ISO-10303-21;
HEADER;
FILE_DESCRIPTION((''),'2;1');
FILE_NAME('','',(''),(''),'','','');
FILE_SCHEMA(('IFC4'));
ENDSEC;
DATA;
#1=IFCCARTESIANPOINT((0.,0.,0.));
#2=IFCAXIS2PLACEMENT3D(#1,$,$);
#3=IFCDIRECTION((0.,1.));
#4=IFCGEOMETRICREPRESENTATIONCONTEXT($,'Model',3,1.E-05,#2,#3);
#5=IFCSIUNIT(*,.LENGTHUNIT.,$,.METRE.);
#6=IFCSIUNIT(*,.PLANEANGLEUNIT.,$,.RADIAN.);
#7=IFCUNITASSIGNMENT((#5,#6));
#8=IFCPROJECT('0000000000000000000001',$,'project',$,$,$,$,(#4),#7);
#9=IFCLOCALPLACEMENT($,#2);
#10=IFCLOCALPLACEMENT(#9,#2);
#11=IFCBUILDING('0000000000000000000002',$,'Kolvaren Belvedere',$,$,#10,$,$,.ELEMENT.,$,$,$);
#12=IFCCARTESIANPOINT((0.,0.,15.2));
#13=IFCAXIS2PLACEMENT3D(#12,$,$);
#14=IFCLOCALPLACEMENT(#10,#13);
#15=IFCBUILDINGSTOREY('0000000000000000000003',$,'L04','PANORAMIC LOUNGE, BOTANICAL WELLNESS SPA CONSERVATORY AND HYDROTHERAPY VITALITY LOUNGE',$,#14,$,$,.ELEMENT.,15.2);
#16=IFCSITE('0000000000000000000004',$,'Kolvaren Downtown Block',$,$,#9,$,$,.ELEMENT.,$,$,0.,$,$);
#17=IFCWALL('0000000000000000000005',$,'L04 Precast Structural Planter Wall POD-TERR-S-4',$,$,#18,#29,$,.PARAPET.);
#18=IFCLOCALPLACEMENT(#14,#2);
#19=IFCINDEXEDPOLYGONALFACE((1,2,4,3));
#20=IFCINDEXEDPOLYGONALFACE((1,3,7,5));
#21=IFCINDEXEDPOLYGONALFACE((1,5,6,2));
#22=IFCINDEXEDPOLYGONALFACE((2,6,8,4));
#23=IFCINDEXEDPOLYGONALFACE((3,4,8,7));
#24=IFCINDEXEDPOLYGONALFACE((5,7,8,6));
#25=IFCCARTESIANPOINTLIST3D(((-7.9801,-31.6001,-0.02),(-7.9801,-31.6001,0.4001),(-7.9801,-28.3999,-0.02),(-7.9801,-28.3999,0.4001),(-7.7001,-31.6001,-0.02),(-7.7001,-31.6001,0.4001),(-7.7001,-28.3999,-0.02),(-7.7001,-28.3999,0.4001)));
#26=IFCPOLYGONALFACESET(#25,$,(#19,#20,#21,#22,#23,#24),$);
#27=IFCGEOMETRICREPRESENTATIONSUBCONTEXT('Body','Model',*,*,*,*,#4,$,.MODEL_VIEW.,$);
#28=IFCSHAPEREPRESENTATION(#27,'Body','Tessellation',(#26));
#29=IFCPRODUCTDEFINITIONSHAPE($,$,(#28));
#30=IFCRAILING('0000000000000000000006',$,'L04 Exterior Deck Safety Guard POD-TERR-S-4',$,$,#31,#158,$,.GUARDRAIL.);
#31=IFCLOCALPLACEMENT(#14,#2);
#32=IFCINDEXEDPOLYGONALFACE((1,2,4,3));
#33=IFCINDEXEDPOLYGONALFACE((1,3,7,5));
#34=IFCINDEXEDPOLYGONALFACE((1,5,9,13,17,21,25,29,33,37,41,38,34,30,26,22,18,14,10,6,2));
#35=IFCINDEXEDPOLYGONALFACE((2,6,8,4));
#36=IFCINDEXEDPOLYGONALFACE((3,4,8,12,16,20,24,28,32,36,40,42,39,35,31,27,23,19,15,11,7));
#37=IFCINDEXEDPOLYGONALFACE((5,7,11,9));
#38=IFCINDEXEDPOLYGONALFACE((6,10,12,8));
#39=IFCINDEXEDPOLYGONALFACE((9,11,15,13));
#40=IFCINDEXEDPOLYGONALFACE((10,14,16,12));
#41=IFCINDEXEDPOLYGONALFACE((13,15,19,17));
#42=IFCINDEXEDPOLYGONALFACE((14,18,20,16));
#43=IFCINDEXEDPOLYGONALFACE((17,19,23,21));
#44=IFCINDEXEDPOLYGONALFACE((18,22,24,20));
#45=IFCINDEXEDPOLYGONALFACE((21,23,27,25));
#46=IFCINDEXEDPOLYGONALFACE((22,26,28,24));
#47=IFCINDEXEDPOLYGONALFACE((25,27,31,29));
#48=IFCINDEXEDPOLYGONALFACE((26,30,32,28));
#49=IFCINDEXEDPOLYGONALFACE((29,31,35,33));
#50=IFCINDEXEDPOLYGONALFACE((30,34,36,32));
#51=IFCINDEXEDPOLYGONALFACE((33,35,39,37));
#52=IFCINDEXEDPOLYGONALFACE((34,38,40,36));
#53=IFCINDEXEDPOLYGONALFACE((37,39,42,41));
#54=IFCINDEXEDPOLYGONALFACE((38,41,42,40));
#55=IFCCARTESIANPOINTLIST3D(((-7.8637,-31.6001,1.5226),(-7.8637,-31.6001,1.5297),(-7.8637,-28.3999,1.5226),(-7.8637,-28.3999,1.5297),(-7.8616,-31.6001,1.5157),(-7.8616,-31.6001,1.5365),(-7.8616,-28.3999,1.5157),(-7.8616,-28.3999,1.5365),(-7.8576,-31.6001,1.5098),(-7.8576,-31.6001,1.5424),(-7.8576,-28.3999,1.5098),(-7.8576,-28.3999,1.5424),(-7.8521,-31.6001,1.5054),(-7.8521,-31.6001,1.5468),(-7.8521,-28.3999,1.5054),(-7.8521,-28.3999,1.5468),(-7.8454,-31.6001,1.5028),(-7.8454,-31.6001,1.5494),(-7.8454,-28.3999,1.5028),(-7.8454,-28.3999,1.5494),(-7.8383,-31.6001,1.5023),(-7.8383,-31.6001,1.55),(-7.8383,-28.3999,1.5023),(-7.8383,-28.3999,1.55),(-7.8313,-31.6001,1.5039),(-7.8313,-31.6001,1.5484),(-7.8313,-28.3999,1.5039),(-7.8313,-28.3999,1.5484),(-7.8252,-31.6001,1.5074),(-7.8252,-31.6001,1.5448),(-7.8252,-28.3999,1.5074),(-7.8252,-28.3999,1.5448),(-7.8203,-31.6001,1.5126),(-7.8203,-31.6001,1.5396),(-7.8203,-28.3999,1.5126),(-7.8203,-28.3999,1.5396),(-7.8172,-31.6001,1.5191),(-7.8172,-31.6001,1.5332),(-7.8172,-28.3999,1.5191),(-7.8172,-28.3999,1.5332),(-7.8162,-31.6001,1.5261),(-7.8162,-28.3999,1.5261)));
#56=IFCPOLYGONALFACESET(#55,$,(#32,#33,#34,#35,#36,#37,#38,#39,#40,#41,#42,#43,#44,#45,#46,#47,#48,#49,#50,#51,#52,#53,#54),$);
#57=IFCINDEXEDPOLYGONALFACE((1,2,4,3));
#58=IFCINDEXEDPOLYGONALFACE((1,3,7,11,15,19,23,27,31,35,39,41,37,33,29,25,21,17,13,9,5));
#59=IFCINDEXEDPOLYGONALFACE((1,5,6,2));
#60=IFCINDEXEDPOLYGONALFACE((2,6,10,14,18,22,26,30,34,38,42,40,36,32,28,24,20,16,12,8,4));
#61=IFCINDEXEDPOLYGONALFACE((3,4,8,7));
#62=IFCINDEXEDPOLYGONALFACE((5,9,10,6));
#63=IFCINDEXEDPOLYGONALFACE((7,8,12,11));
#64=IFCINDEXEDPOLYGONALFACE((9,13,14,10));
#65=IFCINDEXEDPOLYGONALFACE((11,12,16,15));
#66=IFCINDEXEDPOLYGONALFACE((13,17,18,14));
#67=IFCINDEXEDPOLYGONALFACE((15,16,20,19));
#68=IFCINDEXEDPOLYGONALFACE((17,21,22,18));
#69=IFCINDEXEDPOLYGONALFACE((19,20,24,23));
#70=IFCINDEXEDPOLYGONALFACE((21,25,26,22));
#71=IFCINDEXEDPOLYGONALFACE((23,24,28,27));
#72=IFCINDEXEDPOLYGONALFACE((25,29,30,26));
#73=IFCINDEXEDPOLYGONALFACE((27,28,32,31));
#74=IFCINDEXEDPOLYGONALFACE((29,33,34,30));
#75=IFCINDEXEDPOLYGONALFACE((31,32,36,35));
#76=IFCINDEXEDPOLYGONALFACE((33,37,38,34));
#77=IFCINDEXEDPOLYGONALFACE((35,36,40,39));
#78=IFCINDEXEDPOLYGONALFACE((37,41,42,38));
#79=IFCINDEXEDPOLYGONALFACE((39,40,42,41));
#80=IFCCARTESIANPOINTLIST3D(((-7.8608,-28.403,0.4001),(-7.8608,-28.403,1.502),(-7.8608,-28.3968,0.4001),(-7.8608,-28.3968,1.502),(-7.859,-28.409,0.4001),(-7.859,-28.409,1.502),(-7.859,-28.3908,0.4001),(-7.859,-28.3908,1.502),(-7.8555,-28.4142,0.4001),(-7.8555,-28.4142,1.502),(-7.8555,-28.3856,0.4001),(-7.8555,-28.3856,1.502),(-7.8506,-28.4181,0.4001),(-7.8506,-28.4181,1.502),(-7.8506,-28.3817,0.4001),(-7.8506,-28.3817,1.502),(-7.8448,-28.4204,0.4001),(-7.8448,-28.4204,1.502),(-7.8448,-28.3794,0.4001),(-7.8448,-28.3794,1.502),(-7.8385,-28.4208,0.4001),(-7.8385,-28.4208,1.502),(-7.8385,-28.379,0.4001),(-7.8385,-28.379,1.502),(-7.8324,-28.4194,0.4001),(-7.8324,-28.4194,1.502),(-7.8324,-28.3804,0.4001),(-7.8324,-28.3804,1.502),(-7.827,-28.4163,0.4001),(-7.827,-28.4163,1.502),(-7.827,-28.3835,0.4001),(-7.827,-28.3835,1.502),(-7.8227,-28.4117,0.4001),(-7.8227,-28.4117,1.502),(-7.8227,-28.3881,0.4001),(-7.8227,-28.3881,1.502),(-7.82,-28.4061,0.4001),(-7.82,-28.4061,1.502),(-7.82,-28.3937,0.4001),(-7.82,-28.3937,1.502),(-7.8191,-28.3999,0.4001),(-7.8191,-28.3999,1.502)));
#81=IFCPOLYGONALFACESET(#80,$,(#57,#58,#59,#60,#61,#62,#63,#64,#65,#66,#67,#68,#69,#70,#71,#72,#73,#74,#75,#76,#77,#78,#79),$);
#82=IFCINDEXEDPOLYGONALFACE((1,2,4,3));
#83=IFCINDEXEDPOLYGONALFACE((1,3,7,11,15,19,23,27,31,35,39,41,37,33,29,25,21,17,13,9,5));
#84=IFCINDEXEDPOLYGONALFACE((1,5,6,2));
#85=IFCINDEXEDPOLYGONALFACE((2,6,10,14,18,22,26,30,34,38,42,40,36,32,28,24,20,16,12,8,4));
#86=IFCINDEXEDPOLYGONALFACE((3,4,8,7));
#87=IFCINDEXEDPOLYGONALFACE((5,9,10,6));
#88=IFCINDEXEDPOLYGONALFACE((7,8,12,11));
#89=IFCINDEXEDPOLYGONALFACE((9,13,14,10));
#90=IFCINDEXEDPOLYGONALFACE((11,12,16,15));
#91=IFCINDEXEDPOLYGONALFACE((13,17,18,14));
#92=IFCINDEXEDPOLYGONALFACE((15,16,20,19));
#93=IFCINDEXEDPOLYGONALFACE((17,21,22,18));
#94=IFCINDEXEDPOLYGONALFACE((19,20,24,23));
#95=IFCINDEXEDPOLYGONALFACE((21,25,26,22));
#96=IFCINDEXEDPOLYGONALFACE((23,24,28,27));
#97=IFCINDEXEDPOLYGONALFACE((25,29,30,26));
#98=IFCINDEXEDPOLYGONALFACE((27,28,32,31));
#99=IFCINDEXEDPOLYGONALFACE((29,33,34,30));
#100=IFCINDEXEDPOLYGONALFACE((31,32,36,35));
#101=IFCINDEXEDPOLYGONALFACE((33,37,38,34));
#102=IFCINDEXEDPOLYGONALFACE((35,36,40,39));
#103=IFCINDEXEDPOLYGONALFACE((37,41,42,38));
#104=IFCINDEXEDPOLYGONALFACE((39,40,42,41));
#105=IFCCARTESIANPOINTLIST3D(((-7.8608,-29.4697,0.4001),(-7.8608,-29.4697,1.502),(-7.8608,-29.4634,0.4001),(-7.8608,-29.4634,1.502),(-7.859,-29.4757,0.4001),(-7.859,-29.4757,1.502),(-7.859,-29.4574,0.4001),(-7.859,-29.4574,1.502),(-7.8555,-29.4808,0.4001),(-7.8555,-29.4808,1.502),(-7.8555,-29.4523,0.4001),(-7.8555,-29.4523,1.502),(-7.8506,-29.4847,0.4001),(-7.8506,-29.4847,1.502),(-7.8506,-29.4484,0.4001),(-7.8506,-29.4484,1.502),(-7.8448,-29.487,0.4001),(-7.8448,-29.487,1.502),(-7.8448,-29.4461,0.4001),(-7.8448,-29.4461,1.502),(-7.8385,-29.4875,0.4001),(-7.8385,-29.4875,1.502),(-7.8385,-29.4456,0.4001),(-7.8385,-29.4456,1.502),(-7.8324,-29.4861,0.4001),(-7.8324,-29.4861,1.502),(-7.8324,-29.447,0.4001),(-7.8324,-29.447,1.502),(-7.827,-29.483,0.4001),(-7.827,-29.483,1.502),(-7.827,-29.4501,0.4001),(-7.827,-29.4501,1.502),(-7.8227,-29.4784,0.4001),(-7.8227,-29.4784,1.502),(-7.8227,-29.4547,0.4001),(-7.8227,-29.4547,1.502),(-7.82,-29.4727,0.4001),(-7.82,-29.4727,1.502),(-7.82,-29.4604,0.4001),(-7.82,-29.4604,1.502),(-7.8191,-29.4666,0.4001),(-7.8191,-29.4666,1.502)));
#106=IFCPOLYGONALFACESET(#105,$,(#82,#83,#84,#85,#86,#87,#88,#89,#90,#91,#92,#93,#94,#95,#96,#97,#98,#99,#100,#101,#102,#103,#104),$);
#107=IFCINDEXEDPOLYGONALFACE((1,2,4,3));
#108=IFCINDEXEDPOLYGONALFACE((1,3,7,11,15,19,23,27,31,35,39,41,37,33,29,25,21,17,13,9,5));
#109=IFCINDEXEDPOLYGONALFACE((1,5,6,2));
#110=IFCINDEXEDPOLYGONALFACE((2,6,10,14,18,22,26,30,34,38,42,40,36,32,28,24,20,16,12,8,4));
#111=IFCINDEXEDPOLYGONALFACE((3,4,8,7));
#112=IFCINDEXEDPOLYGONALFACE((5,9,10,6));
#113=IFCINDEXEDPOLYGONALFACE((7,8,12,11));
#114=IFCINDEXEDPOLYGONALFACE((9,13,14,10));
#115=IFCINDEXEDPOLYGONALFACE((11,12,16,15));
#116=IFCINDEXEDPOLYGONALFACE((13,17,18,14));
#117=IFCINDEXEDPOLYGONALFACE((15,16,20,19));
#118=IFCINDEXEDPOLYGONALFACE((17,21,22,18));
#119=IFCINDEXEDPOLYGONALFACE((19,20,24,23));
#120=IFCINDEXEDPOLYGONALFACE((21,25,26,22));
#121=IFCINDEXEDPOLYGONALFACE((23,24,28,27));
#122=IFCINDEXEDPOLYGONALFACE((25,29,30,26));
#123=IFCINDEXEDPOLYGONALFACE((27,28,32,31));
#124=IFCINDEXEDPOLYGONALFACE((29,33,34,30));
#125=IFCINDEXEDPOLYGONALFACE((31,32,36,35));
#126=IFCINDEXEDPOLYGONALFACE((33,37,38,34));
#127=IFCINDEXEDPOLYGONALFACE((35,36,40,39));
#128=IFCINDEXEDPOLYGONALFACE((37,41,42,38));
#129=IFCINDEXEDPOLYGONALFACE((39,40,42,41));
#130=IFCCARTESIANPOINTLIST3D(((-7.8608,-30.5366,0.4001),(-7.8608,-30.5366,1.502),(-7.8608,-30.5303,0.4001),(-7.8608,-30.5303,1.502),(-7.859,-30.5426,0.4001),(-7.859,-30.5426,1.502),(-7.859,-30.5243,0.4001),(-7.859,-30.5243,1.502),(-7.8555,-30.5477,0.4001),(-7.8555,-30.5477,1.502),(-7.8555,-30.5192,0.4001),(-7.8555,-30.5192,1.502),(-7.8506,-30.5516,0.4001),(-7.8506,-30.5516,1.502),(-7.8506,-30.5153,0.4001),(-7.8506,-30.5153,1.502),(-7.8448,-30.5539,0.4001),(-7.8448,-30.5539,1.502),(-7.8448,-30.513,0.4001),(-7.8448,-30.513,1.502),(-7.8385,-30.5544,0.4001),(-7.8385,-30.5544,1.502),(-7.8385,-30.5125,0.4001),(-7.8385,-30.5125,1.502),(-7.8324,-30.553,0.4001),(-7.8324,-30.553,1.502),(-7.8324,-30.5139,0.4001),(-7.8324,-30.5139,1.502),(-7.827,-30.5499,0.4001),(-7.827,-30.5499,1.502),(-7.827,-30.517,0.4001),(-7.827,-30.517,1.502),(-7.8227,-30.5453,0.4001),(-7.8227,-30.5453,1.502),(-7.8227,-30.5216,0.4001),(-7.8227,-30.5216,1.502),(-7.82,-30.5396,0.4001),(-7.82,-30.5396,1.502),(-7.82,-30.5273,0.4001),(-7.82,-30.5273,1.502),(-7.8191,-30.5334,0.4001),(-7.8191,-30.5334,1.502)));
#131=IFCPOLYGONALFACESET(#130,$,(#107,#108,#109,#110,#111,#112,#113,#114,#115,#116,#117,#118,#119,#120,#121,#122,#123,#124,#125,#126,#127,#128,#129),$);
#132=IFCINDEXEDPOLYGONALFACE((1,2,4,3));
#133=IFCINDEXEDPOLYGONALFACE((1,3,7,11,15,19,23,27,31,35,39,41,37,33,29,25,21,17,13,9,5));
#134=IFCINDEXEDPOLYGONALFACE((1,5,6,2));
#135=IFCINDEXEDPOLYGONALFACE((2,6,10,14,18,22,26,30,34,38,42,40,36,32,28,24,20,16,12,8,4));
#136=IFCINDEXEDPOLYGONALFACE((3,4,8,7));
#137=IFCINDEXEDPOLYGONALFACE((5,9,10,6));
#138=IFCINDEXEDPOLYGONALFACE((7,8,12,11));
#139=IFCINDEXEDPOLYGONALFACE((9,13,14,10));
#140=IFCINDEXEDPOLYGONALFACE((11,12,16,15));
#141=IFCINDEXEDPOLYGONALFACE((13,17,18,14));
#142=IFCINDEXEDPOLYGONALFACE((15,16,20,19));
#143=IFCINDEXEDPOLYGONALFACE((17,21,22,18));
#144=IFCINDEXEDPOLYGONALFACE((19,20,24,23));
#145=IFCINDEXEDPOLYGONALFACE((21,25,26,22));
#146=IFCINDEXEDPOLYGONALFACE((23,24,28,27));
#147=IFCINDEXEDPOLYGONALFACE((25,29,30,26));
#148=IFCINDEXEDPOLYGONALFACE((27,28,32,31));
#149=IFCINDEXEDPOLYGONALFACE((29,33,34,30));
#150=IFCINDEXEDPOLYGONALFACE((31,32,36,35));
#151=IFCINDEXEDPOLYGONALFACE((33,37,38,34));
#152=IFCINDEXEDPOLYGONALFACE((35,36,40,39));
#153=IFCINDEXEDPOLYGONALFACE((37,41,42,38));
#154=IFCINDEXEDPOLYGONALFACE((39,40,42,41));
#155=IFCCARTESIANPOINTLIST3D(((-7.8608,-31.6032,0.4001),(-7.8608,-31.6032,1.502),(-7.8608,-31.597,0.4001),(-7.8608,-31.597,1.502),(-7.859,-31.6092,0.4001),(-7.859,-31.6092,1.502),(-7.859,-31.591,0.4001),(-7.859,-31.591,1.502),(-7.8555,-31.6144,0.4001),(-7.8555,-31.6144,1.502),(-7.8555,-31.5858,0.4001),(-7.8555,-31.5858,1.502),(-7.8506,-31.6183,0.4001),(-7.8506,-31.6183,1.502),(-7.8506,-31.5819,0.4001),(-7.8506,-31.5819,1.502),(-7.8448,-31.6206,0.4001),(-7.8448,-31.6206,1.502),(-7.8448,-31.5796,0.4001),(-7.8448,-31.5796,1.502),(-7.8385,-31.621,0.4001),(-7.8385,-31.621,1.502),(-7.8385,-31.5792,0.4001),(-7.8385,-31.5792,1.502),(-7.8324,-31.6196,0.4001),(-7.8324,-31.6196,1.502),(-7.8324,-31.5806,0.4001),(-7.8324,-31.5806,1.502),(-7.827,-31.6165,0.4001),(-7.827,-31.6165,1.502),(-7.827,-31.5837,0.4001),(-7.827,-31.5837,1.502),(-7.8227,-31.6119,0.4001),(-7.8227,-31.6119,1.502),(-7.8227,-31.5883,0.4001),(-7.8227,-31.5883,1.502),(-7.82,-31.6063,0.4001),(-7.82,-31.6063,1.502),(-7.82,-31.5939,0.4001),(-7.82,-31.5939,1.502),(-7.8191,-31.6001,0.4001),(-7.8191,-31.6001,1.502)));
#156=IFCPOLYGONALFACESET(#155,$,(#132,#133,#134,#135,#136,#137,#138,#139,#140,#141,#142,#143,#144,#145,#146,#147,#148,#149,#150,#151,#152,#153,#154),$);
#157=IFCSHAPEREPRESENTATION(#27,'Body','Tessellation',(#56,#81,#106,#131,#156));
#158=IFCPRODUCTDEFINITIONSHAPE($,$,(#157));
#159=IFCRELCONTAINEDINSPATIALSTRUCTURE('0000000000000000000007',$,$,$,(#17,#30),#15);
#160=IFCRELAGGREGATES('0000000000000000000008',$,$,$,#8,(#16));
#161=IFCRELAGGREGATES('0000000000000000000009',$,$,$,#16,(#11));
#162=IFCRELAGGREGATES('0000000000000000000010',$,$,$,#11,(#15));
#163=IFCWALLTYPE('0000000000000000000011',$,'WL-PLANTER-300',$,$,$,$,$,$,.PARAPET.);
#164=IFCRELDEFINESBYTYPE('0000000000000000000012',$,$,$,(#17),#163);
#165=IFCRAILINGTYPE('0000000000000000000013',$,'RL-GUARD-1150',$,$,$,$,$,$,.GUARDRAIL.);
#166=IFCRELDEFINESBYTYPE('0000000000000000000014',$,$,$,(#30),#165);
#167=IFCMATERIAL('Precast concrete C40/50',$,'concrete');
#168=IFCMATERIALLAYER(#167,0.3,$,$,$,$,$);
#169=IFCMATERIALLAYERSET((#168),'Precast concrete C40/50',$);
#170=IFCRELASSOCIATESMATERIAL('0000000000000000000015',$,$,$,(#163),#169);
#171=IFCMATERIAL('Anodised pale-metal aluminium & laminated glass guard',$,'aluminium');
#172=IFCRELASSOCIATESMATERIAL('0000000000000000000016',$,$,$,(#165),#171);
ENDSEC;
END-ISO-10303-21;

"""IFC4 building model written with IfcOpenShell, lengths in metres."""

from ifc_helpers import new_model, si_unit, direction, frame, frame_2d, origin, origin_2d, place, context, subcontext, project, spatial, rectangle, circle, extrude, material, layer, layer_set, type_object, element, save


model = new_model("IFC4")

# Units and contexts
model_context = context("Model", 3, precision=1e-05, world=origin(), true_north=direction((0.0, 1.0)))
body_context = subcontext(model_context, "Body", "Model", "MODEL_VIEW")
ifc_project = project(units=[si_unit("LENGTHUNIT", "METRE"), si_unit("PLANEANGLEUNIT", "RADIAN")], contexts=[model_context])

# Site, building, storey
site_placement = place(None, origin())
site = spatial("IfcSite", under=ifc_project, at=site_placement, Name="Kolvaren Downtown Block", CompositionType="ELEMENT", RefElevation=0.0)
building_placement = place(site_placement, origin())
building = spatial("IfcBuilding", under=site, at=building_placement, Name="Kolvaren Belvedere", CompositionType="ELEMENT")
storey_placement = place(building_placement, frame((0.0, 0.0, 15.2)))
storey = spatial("IfcBuildingStorey", under=building, at=storey_placement, Name="L04", Description="PANORAMIC LOUNGE, BOTANICAL WELLNESS SPA CONSERVATORY AND HYDROTHERAPY VITALITY LOUNGE", CompositionType="ELEMENT", Elevation=15.2)

# Wall
ifc_material_1 = material(Name="Precast concrete C40/50", Category="concrete")
ifc_layer_1 = layer(ifc_material_1, 0.3)
ifc_layer_set_1 = layer_set([ifc_layer_1], Name="Precast concrete C40/50")
wall_type_1 = type_object("IfcWallType", Name="WL-PLANTER-300", PredefinedType="PARAPET", material=ifc_layer_set_1)
wall_1_placement = place(storey_placement, frame((-7.8401, -28.3999, -0.02), z_axis=(0.0, 0.0, 1.0), x_axis=(0.0, -1.0, 0.0)))
element("IfcWall", 1, at=wall_1_placement, inside=storey, type_object=wall_type_1, Name="L04 Precast Structural Planter Wall POD-TERR-S-4", PredefinedType="PARAPET", context=body_context, shape_type="SweptSolid", body=[
    extrude(rectangle(XDim=3.2002, YDim=0.28, at=frame_2d((1.6001, 0.0))), origin(), (0.0, 0.0, 1.0), 0.4202),
])

# Railing
ifc_material_2 = material(Name="Anodised pale-metal aluminium & laminated glass guard", Category="aluminium")
railing_type = type_object("IfcRailingType", Name="RL-GUARD-1150", PredefinedType="GUARDRAIL", material=ifc_material_2)
railing_1_placement = place(storey_placement, frame((-7.8401, -28.3999, 0.4001)))
element("IfcRailing", 2, at=railing_1_placement, inside=storey, type_object=railing_type, Name="L04 Exterior Deck Safety Guard POD-TERR-S-4", PredefinedType="GUARDRAIL", context=body_context, shape_type="SweptSolid", body=[
    extrude(circle(Radius=0.0239, at=origin_2d()), frame((0.0, 0.0, 1.126), z_axis=(0.0, -1.0, 0.0), x_axis=(1.0, 0.0, 0.0)), (0.0, 0.0, 1.0), 3.2002),
    extrude(circle(Radius=0.021, at=origin_2d()), origin(), (0.0, 0.0, 1.0), 1.1018),
    extrude(circle(Radius=0.021, at=origin_2d()), frame((0.0, -1.0667, 0.0)), (0.0, 0.0, 1.0), 1.1018),
    extrude(circle(Radius=0.021, at=origin_2d()), frame((0.0, -2.1335, 0.0)), (0.0, 0.0, 1.0), 1.1018),
    extrude(circle(Radius=0.021, at=origin_2d()), frame((0.0, -3.2002, 0.0)), (0.0, 0.0, 1.0), 1.1018),
])

save(model, "model.ifc")
